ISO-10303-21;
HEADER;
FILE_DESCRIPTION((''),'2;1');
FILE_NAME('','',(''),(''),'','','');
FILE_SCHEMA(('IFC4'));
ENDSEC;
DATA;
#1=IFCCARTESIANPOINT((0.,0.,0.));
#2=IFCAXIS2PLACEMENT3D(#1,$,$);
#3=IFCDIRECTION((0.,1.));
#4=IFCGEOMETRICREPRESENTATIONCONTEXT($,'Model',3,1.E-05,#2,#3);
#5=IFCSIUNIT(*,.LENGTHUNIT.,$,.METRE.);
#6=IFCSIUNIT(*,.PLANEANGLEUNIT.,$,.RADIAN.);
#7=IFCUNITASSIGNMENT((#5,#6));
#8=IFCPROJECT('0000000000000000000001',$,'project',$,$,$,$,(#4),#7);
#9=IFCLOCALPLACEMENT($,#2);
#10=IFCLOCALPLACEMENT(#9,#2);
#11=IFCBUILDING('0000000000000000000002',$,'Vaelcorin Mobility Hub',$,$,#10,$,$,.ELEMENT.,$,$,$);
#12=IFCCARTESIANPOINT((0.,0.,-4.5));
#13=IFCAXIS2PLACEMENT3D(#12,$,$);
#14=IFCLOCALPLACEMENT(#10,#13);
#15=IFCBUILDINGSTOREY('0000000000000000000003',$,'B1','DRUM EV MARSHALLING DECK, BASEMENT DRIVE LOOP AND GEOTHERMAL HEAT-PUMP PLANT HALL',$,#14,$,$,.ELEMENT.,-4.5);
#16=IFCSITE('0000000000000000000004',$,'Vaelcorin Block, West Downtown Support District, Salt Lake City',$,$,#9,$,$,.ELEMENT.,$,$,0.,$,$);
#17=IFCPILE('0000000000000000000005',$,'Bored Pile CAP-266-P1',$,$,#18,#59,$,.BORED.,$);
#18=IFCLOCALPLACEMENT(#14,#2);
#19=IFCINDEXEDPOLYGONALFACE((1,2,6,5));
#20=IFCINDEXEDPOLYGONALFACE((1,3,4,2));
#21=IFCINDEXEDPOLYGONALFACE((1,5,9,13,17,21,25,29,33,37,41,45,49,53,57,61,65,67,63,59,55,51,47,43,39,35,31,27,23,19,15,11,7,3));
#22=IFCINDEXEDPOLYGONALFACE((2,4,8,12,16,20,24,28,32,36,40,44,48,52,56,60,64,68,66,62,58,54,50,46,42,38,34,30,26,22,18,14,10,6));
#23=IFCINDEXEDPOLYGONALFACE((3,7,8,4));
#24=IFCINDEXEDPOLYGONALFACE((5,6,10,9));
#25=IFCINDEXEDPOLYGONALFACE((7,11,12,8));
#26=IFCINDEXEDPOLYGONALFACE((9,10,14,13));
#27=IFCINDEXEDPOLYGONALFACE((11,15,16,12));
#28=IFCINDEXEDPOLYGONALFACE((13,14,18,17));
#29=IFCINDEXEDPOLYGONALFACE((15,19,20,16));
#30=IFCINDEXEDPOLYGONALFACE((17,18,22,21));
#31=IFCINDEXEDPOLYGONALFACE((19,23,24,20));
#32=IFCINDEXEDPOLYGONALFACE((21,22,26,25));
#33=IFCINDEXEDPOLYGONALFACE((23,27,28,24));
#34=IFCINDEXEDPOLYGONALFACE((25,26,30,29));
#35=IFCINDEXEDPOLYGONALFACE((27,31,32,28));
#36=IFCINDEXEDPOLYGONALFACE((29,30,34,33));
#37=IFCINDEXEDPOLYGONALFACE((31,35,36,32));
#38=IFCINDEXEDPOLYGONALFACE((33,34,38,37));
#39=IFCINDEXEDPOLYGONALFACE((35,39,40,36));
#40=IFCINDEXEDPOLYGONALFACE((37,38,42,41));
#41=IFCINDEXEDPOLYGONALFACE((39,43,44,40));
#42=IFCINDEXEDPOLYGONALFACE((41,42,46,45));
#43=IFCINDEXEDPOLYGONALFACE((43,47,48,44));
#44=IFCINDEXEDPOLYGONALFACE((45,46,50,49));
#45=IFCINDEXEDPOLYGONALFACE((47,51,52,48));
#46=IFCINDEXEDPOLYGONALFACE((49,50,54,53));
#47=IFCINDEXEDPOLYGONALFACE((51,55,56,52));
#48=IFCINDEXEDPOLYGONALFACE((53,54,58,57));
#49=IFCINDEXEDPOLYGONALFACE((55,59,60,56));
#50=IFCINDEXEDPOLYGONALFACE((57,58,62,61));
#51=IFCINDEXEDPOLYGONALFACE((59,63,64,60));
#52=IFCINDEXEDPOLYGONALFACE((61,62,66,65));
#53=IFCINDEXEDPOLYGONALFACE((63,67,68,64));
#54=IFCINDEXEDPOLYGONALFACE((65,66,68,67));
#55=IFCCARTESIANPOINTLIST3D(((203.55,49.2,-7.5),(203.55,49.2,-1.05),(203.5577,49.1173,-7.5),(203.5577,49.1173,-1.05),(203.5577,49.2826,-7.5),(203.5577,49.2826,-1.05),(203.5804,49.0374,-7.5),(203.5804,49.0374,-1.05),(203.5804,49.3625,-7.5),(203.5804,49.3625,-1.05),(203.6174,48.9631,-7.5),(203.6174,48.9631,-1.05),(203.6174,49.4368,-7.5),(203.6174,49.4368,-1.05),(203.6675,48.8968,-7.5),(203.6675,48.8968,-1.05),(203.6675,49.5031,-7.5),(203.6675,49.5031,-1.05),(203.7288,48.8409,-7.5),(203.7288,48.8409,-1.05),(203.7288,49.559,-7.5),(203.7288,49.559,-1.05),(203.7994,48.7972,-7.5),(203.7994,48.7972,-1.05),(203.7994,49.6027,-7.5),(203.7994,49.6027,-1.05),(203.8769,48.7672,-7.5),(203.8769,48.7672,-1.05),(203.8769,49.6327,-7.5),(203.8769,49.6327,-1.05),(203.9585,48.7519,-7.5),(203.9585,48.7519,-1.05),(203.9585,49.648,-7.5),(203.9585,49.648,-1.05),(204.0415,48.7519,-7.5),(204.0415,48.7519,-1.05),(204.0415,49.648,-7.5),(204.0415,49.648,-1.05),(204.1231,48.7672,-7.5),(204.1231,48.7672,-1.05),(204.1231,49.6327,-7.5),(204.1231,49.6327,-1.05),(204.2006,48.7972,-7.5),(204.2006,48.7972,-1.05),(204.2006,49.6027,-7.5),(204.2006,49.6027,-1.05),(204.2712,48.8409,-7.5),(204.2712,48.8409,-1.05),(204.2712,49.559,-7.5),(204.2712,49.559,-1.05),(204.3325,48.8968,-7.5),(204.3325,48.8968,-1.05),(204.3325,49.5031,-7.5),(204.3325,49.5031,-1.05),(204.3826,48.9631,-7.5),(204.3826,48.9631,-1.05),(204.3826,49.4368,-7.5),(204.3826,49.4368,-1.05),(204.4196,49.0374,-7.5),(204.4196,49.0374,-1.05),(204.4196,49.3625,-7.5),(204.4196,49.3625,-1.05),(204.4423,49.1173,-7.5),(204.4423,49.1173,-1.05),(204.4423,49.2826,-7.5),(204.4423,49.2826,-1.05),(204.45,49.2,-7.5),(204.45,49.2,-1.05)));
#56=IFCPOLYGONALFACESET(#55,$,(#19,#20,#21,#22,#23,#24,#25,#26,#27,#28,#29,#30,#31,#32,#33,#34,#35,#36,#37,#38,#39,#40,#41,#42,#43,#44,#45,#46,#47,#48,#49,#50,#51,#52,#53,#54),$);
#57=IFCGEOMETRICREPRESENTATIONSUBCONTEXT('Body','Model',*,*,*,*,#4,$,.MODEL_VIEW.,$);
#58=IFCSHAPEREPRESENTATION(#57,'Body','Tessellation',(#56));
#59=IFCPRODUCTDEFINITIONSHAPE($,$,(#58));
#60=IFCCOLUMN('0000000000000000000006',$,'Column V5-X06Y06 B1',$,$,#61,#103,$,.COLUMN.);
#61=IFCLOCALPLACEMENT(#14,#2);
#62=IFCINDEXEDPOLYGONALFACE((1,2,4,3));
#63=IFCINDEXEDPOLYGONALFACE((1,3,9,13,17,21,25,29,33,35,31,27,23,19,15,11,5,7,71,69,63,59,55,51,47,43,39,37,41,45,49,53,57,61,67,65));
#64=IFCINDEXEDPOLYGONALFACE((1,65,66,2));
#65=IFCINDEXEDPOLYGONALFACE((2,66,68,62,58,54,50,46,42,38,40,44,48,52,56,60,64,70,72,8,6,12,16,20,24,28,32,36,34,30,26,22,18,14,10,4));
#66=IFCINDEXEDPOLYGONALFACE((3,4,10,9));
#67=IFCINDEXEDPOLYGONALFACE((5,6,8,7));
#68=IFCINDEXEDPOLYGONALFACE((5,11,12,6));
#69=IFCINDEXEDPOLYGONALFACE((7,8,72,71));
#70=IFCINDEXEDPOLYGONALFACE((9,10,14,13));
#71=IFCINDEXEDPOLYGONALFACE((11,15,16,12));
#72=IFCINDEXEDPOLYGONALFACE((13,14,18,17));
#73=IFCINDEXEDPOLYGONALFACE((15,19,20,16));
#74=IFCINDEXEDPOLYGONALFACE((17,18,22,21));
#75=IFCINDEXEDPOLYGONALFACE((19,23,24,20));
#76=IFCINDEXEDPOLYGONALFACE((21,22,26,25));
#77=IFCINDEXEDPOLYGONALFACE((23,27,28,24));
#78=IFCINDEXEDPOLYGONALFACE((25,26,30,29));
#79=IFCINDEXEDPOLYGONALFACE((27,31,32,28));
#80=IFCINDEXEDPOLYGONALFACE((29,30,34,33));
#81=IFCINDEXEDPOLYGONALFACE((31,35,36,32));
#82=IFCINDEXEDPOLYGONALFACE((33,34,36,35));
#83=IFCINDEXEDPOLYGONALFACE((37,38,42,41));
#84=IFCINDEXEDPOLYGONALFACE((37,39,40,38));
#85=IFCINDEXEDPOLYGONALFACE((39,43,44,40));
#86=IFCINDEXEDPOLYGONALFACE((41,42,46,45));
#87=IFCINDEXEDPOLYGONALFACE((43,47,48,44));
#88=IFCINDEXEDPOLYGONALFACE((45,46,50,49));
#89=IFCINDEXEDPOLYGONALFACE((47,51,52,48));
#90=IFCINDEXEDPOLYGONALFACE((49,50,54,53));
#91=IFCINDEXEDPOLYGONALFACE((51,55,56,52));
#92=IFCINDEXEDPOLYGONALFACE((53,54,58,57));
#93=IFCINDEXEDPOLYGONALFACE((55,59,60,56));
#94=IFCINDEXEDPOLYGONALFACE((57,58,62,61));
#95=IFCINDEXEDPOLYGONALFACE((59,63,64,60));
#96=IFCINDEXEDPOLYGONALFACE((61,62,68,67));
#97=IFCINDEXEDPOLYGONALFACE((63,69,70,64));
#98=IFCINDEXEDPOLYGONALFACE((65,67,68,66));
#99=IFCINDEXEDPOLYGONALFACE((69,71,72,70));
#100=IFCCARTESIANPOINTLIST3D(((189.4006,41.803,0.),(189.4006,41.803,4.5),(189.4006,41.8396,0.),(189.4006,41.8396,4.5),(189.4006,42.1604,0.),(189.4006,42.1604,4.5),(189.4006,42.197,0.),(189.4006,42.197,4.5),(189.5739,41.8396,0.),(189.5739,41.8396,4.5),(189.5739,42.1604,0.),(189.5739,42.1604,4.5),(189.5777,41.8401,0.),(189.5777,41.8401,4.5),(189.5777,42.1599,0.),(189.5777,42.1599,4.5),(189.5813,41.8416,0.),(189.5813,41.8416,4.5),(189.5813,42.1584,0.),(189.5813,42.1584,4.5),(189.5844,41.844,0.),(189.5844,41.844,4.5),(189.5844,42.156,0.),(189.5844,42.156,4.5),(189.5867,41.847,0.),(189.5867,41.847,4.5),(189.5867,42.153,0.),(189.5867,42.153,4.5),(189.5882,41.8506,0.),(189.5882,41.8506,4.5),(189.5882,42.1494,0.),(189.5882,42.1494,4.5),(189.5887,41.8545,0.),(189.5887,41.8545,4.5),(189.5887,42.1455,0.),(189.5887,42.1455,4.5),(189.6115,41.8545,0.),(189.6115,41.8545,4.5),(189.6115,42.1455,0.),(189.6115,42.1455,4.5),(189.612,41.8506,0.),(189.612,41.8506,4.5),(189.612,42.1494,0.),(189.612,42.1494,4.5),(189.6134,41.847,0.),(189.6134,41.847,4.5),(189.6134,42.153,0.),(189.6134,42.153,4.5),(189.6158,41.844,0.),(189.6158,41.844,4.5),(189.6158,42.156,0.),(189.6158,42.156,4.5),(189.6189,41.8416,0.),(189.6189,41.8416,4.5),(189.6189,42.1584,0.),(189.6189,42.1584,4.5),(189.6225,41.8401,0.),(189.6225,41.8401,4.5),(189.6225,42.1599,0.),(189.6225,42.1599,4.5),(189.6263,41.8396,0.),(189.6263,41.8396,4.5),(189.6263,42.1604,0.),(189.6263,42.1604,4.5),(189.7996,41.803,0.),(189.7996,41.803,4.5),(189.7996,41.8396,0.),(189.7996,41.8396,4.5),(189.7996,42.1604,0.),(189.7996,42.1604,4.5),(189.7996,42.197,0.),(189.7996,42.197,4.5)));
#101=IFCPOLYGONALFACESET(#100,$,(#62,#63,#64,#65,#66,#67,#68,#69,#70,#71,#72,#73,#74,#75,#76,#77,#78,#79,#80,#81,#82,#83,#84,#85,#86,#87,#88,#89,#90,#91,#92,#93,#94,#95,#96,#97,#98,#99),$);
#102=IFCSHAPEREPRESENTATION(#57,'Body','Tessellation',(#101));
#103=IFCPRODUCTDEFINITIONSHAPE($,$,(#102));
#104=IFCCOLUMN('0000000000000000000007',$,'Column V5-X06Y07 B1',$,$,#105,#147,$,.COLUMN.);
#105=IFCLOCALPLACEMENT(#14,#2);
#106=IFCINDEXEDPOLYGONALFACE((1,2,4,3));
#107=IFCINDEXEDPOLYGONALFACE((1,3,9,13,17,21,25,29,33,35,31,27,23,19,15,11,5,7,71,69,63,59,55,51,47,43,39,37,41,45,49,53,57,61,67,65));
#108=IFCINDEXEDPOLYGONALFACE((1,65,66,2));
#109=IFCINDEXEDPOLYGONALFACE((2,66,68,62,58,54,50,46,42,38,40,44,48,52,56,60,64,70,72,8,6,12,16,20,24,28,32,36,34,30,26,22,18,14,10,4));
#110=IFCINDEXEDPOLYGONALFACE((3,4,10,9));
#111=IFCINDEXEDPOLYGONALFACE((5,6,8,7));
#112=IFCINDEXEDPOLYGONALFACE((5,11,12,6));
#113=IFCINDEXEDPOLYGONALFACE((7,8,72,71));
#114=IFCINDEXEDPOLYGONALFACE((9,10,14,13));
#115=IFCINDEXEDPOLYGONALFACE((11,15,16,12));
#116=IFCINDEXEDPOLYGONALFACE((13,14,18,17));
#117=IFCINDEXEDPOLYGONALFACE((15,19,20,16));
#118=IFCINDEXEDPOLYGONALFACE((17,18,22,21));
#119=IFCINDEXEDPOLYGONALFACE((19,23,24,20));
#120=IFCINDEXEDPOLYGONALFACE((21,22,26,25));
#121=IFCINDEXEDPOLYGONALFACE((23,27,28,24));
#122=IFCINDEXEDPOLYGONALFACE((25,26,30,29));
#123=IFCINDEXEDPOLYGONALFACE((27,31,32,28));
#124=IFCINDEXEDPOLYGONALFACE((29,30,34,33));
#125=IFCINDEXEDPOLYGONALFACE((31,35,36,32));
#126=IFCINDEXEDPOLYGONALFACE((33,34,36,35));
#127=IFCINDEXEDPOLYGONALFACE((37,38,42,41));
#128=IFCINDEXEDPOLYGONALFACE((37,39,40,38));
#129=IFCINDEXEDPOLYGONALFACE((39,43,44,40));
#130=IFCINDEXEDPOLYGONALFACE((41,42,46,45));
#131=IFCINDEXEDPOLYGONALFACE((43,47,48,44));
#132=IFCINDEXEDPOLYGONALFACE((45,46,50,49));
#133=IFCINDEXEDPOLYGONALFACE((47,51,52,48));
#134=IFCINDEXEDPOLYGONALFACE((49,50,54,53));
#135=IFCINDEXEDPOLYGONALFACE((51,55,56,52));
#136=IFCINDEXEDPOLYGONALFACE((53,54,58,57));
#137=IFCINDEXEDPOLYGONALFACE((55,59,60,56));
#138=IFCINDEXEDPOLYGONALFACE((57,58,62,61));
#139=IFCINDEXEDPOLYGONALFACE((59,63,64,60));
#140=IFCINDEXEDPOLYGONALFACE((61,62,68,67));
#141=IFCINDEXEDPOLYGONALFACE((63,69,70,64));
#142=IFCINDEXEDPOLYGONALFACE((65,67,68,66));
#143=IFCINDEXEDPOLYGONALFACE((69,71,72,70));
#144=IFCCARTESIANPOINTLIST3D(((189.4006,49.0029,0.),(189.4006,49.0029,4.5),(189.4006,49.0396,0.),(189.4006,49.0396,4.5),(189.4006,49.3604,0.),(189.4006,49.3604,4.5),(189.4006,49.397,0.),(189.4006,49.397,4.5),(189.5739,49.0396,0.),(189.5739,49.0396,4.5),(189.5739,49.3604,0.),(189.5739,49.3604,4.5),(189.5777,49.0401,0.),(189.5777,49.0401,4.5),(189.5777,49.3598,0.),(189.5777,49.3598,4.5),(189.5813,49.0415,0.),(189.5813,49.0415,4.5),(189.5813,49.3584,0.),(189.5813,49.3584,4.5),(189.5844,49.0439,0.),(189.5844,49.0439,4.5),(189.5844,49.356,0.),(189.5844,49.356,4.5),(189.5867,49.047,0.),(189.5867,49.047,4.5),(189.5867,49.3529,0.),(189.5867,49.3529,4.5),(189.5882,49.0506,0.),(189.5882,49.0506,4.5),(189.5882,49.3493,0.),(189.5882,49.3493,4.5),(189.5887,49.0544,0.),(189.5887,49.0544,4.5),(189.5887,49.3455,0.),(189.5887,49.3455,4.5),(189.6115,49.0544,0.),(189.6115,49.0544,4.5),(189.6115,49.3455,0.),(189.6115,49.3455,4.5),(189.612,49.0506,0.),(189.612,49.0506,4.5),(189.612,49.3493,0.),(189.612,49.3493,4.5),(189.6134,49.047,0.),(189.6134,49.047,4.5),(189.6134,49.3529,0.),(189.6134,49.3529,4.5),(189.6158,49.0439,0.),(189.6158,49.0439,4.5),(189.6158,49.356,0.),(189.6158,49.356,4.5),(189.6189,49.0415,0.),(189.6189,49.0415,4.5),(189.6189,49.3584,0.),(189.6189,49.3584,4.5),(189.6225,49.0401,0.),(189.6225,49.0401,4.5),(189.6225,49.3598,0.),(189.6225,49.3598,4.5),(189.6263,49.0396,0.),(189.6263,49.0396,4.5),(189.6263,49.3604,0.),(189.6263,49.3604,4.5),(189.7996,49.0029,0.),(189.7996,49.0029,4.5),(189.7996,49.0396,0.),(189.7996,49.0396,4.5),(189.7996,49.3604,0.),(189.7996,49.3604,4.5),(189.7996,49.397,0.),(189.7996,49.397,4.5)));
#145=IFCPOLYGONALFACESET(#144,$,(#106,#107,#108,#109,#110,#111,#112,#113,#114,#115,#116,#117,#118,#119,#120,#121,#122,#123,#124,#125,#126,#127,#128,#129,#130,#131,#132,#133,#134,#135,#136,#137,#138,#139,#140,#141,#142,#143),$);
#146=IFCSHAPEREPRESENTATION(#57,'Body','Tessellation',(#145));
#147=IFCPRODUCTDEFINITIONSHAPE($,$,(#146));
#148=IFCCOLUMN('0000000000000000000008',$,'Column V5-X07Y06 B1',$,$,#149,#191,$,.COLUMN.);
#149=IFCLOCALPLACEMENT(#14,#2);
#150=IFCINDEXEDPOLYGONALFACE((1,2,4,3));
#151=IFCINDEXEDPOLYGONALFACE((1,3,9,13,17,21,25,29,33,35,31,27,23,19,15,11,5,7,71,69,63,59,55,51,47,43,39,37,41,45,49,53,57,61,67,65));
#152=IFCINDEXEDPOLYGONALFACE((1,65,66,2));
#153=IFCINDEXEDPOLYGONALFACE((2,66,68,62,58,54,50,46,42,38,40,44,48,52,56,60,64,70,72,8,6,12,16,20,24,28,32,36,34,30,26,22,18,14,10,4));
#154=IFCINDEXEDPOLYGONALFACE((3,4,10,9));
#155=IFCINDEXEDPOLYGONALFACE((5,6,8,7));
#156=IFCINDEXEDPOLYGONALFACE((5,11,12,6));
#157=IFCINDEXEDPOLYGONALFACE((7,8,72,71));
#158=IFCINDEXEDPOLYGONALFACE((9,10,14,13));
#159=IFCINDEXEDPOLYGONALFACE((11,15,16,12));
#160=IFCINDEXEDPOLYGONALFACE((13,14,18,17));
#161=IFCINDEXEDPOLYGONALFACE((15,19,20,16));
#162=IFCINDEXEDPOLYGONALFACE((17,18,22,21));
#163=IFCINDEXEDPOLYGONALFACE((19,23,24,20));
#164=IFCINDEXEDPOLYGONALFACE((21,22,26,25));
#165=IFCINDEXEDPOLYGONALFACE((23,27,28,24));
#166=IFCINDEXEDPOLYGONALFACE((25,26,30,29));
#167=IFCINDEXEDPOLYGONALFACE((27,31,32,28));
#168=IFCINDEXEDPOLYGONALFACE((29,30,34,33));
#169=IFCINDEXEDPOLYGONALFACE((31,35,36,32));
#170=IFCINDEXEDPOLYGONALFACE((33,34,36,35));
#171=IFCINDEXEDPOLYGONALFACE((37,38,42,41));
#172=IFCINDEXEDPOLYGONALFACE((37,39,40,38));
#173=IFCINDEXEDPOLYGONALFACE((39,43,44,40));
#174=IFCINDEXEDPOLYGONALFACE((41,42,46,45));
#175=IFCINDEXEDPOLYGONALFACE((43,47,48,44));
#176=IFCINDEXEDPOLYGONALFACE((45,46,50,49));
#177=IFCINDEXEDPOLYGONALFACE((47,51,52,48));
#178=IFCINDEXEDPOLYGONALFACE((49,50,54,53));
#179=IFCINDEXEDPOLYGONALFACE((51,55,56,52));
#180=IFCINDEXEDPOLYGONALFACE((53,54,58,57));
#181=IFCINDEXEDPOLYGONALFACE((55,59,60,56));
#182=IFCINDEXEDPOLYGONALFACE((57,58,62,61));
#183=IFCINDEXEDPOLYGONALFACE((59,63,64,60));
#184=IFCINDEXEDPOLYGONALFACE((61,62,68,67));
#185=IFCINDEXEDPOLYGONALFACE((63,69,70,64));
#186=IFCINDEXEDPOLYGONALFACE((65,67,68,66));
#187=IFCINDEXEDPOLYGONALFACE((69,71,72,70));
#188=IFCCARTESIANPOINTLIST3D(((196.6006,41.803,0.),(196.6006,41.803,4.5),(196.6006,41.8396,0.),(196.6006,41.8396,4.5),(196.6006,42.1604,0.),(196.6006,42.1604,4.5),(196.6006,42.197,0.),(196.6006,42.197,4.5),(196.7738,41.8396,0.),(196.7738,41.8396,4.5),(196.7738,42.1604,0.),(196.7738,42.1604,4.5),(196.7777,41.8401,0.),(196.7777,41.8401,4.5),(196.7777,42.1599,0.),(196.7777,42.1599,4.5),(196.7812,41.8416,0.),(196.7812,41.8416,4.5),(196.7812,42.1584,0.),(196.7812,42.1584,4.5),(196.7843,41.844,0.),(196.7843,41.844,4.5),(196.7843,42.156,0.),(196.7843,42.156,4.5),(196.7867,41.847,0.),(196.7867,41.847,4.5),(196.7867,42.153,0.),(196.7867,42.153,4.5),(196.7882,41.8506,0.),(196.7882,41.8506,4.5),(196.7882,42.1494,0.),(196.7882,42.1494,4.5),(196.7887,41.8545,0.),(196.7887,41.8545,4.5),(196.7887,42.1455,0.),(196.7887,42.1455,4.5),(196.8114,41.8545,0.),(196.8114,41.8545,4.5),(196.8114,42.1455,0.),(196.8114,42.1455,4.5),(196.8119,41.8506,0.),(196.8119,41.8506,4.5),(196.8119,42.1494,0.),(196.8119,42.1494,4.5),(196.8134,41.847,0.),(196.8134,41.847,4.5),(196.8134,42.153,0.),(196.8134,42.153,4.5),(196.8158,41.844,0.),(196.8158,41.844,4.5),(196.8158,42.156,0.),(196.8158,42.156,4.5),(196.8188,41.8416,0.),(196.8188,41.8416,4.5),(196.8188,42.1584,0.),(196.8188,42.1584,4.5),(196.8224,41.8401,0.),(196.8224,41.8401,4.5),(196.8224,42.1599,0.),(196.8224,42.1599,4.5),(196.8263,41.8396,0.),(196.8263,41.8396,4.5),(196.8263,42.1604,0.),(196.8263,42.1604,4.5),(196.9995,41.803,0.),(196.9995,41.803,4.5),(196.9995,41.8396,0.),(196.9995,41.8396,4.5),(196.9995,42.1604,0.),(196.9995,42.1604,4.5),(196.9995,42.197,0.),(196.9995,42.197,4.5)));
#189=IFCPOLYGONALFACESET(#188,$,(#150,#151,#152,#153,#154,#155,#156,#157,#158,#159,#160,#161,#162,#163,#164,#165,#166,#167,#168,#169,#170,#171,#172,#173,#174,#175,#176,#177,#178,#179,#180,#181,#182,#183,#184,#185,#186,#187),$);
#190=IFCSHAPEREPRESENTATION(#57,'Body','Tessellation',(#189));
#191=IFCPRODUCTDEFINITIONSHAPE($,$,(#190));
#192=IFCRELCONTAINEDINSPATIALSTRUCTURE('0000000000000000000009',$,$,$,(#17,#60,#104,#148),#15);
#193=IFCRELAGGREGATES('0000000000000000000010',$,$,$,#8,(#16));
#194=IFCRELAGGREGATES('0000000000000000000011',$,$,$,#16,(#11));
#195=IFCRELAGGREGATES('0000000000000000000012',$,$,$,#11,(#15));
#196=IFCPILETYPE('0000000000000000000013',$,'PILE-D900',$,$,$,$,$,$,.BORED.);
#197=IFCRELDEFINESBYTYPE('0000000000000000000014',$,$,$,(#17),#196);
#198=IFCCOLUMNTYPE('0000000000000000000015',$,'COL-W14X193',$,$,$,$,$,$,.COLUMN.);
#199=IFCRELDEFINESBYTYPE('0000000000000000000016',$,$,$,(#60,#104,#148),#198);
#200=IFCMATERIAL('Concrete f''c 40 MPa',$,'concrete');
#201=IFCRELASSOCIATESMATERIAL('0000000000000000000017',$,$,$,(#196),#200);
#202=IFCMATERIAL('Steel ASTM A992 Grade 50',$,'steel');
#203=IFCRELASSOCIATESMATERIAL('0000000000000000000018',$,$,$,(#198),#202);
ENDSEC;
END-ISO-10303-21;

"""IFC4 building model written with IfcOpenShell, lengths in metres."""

from ifc_helpers import new_model, si_unit, direction, frame, origin, origin_2d, place, context, subcontext, project, spatial, circle, i_section, extrude, material, material_profile, profile_set, type_object, element, save


model = new_model("IFC4")

# Units and contexts
model_context = context("Model", 3, precision=1e-05, world=origin(), true_north=direction((0.0, 1.0)))
body_context = subcontext(model_context, "Body", "Model", "MODEL_VIEW")
ifc_project = project(units=[si_unit("LENGTHUNIT", "METRE"), si_unit("PLANEANGLEUNIT", "RADIAN")], contexts=[model_context])

# Site, building, storey
site_placement = place(None, origin())
site = spatial("IfcSite", under=ifc_project, at=site_placement, Name="Vaelcorin Block, West Downtown Support District, Salt Lake City", CompositionType="ELEMENT", RefElevation=0.0)
building_placement = place(site_placement, origin())
building = spatial("IfcBuilding", under=site, at=building_placement, Name="Vaelcorin Mobility Hub", CompositionType="ELEMENT")
storey_placement = place(building_placement, frame((0.0, 0.0, -4.5)))
storey = spatial("IfcBuildingStorey", under=building, at=storey_placement, Name="B1", Description="DRUM EV MARSHALLING DECK, BASEMENT DRIVE LOOP AND GEOTHERMAL HEAT-PUMP PLANT HALL", CompositionType="ELEMENT", Elevation=-4.5)

# Shared definitions
ifc_material_1 = material(Name="Concrete f'c 40 MPa", Category="concrete")

# Pile
ifc_material_profile_1 = material_profile(ifc_material_1, circle(Radius=0.45, at=origin_2d()), Name="BP-D900")
ifc_profile_set_1 = profile_set([ifc_material_profile_1], Name="Concrete f'c 40 MPa")
pile_type_1 = type_object("IfcPileType", Name="PILE-D900", PredefinedType="BORED", material=ifc_profile_set_1)
for number, where, z_axis, x_axis, name in (
    (1, (204.0, 49.2, -1.05), (0.0, 0.0, -1.0), (1.0, 0.0, 0.0), "Bored Pile CAP-266-P1"),
):
    element("IfcPile", number, at=place(storey_placement, frame(where, z_axis=z_axis, x_axis=x_axis)), inside=storey, type_object=pile_type_1, Name=name, PredefinedType="BORED", context=body_context, shape_type="SweptSolid", body=[
        extrude(circle(Radius=0.45, at=origin_2d()), origin(), (0.0, 0.0, 1.0), 6.45),
    ])

# Columns
ifc_material_2 = material(Name="Steel ASTM A992 Grade 50", Category="steel")
ifc_material_profile_2 = material_profile(ifc_material_2, i_section(OverallWidth=0.3989, OverallDepth=0.394, WebThickness=0.0227, FlangeThickness=0.0366, FilletRadius=0.0149, at=origin_2d()), Name="W14X193")
ifc_profile_set_2 = profile_set([ifc_material_profile_2], Name="Steel ASTM A992 Grade 50")
column_type = type_object("IfcColumnType", Name="COL-W14X193", PredefinedType="COLUMN", material=ifc_profile_set_2)
for number, where, z_axis, x_axis, name in (
    (2, (189.6001, 42.0, 0.0), (0.0, 0.0, 1.0), (1.0, 0.0, 0.0), "Column V5-X06Y06 B1"),
    (3, (189.6001, 49.2, 0.0), (0.0, 0.0, 1.0), (1.0, 0.0, 0.0), "Column V5-X06Y07 B1"),
    (4, (196.8, 42.0, 0.0), (0.0, 0.0, 1.0), (1.0, 0.0, 0.0), "Column V5-X07Y06 B1"),
):
    element("IfcColumn", number, at=place(storey_placement, frame(where, z_axis=z_axis, x_axis=x_axis)), inside=storey, type_object=column_type, Name=name, PredefinedType="COLUMN", context=body_context, shape_type="SweptSolid", body=[
        extrude(i_section(OverallWidth=0.3989, OverallDepth=0.394, WebThickness=0.0227, FlangeThickness=0.0366, FilletRadius=0.0149, at=origin_2d()), origin(), (0.0, 0.0, 1.0), 4.5),
    ])

save(model, "model.ifc")
